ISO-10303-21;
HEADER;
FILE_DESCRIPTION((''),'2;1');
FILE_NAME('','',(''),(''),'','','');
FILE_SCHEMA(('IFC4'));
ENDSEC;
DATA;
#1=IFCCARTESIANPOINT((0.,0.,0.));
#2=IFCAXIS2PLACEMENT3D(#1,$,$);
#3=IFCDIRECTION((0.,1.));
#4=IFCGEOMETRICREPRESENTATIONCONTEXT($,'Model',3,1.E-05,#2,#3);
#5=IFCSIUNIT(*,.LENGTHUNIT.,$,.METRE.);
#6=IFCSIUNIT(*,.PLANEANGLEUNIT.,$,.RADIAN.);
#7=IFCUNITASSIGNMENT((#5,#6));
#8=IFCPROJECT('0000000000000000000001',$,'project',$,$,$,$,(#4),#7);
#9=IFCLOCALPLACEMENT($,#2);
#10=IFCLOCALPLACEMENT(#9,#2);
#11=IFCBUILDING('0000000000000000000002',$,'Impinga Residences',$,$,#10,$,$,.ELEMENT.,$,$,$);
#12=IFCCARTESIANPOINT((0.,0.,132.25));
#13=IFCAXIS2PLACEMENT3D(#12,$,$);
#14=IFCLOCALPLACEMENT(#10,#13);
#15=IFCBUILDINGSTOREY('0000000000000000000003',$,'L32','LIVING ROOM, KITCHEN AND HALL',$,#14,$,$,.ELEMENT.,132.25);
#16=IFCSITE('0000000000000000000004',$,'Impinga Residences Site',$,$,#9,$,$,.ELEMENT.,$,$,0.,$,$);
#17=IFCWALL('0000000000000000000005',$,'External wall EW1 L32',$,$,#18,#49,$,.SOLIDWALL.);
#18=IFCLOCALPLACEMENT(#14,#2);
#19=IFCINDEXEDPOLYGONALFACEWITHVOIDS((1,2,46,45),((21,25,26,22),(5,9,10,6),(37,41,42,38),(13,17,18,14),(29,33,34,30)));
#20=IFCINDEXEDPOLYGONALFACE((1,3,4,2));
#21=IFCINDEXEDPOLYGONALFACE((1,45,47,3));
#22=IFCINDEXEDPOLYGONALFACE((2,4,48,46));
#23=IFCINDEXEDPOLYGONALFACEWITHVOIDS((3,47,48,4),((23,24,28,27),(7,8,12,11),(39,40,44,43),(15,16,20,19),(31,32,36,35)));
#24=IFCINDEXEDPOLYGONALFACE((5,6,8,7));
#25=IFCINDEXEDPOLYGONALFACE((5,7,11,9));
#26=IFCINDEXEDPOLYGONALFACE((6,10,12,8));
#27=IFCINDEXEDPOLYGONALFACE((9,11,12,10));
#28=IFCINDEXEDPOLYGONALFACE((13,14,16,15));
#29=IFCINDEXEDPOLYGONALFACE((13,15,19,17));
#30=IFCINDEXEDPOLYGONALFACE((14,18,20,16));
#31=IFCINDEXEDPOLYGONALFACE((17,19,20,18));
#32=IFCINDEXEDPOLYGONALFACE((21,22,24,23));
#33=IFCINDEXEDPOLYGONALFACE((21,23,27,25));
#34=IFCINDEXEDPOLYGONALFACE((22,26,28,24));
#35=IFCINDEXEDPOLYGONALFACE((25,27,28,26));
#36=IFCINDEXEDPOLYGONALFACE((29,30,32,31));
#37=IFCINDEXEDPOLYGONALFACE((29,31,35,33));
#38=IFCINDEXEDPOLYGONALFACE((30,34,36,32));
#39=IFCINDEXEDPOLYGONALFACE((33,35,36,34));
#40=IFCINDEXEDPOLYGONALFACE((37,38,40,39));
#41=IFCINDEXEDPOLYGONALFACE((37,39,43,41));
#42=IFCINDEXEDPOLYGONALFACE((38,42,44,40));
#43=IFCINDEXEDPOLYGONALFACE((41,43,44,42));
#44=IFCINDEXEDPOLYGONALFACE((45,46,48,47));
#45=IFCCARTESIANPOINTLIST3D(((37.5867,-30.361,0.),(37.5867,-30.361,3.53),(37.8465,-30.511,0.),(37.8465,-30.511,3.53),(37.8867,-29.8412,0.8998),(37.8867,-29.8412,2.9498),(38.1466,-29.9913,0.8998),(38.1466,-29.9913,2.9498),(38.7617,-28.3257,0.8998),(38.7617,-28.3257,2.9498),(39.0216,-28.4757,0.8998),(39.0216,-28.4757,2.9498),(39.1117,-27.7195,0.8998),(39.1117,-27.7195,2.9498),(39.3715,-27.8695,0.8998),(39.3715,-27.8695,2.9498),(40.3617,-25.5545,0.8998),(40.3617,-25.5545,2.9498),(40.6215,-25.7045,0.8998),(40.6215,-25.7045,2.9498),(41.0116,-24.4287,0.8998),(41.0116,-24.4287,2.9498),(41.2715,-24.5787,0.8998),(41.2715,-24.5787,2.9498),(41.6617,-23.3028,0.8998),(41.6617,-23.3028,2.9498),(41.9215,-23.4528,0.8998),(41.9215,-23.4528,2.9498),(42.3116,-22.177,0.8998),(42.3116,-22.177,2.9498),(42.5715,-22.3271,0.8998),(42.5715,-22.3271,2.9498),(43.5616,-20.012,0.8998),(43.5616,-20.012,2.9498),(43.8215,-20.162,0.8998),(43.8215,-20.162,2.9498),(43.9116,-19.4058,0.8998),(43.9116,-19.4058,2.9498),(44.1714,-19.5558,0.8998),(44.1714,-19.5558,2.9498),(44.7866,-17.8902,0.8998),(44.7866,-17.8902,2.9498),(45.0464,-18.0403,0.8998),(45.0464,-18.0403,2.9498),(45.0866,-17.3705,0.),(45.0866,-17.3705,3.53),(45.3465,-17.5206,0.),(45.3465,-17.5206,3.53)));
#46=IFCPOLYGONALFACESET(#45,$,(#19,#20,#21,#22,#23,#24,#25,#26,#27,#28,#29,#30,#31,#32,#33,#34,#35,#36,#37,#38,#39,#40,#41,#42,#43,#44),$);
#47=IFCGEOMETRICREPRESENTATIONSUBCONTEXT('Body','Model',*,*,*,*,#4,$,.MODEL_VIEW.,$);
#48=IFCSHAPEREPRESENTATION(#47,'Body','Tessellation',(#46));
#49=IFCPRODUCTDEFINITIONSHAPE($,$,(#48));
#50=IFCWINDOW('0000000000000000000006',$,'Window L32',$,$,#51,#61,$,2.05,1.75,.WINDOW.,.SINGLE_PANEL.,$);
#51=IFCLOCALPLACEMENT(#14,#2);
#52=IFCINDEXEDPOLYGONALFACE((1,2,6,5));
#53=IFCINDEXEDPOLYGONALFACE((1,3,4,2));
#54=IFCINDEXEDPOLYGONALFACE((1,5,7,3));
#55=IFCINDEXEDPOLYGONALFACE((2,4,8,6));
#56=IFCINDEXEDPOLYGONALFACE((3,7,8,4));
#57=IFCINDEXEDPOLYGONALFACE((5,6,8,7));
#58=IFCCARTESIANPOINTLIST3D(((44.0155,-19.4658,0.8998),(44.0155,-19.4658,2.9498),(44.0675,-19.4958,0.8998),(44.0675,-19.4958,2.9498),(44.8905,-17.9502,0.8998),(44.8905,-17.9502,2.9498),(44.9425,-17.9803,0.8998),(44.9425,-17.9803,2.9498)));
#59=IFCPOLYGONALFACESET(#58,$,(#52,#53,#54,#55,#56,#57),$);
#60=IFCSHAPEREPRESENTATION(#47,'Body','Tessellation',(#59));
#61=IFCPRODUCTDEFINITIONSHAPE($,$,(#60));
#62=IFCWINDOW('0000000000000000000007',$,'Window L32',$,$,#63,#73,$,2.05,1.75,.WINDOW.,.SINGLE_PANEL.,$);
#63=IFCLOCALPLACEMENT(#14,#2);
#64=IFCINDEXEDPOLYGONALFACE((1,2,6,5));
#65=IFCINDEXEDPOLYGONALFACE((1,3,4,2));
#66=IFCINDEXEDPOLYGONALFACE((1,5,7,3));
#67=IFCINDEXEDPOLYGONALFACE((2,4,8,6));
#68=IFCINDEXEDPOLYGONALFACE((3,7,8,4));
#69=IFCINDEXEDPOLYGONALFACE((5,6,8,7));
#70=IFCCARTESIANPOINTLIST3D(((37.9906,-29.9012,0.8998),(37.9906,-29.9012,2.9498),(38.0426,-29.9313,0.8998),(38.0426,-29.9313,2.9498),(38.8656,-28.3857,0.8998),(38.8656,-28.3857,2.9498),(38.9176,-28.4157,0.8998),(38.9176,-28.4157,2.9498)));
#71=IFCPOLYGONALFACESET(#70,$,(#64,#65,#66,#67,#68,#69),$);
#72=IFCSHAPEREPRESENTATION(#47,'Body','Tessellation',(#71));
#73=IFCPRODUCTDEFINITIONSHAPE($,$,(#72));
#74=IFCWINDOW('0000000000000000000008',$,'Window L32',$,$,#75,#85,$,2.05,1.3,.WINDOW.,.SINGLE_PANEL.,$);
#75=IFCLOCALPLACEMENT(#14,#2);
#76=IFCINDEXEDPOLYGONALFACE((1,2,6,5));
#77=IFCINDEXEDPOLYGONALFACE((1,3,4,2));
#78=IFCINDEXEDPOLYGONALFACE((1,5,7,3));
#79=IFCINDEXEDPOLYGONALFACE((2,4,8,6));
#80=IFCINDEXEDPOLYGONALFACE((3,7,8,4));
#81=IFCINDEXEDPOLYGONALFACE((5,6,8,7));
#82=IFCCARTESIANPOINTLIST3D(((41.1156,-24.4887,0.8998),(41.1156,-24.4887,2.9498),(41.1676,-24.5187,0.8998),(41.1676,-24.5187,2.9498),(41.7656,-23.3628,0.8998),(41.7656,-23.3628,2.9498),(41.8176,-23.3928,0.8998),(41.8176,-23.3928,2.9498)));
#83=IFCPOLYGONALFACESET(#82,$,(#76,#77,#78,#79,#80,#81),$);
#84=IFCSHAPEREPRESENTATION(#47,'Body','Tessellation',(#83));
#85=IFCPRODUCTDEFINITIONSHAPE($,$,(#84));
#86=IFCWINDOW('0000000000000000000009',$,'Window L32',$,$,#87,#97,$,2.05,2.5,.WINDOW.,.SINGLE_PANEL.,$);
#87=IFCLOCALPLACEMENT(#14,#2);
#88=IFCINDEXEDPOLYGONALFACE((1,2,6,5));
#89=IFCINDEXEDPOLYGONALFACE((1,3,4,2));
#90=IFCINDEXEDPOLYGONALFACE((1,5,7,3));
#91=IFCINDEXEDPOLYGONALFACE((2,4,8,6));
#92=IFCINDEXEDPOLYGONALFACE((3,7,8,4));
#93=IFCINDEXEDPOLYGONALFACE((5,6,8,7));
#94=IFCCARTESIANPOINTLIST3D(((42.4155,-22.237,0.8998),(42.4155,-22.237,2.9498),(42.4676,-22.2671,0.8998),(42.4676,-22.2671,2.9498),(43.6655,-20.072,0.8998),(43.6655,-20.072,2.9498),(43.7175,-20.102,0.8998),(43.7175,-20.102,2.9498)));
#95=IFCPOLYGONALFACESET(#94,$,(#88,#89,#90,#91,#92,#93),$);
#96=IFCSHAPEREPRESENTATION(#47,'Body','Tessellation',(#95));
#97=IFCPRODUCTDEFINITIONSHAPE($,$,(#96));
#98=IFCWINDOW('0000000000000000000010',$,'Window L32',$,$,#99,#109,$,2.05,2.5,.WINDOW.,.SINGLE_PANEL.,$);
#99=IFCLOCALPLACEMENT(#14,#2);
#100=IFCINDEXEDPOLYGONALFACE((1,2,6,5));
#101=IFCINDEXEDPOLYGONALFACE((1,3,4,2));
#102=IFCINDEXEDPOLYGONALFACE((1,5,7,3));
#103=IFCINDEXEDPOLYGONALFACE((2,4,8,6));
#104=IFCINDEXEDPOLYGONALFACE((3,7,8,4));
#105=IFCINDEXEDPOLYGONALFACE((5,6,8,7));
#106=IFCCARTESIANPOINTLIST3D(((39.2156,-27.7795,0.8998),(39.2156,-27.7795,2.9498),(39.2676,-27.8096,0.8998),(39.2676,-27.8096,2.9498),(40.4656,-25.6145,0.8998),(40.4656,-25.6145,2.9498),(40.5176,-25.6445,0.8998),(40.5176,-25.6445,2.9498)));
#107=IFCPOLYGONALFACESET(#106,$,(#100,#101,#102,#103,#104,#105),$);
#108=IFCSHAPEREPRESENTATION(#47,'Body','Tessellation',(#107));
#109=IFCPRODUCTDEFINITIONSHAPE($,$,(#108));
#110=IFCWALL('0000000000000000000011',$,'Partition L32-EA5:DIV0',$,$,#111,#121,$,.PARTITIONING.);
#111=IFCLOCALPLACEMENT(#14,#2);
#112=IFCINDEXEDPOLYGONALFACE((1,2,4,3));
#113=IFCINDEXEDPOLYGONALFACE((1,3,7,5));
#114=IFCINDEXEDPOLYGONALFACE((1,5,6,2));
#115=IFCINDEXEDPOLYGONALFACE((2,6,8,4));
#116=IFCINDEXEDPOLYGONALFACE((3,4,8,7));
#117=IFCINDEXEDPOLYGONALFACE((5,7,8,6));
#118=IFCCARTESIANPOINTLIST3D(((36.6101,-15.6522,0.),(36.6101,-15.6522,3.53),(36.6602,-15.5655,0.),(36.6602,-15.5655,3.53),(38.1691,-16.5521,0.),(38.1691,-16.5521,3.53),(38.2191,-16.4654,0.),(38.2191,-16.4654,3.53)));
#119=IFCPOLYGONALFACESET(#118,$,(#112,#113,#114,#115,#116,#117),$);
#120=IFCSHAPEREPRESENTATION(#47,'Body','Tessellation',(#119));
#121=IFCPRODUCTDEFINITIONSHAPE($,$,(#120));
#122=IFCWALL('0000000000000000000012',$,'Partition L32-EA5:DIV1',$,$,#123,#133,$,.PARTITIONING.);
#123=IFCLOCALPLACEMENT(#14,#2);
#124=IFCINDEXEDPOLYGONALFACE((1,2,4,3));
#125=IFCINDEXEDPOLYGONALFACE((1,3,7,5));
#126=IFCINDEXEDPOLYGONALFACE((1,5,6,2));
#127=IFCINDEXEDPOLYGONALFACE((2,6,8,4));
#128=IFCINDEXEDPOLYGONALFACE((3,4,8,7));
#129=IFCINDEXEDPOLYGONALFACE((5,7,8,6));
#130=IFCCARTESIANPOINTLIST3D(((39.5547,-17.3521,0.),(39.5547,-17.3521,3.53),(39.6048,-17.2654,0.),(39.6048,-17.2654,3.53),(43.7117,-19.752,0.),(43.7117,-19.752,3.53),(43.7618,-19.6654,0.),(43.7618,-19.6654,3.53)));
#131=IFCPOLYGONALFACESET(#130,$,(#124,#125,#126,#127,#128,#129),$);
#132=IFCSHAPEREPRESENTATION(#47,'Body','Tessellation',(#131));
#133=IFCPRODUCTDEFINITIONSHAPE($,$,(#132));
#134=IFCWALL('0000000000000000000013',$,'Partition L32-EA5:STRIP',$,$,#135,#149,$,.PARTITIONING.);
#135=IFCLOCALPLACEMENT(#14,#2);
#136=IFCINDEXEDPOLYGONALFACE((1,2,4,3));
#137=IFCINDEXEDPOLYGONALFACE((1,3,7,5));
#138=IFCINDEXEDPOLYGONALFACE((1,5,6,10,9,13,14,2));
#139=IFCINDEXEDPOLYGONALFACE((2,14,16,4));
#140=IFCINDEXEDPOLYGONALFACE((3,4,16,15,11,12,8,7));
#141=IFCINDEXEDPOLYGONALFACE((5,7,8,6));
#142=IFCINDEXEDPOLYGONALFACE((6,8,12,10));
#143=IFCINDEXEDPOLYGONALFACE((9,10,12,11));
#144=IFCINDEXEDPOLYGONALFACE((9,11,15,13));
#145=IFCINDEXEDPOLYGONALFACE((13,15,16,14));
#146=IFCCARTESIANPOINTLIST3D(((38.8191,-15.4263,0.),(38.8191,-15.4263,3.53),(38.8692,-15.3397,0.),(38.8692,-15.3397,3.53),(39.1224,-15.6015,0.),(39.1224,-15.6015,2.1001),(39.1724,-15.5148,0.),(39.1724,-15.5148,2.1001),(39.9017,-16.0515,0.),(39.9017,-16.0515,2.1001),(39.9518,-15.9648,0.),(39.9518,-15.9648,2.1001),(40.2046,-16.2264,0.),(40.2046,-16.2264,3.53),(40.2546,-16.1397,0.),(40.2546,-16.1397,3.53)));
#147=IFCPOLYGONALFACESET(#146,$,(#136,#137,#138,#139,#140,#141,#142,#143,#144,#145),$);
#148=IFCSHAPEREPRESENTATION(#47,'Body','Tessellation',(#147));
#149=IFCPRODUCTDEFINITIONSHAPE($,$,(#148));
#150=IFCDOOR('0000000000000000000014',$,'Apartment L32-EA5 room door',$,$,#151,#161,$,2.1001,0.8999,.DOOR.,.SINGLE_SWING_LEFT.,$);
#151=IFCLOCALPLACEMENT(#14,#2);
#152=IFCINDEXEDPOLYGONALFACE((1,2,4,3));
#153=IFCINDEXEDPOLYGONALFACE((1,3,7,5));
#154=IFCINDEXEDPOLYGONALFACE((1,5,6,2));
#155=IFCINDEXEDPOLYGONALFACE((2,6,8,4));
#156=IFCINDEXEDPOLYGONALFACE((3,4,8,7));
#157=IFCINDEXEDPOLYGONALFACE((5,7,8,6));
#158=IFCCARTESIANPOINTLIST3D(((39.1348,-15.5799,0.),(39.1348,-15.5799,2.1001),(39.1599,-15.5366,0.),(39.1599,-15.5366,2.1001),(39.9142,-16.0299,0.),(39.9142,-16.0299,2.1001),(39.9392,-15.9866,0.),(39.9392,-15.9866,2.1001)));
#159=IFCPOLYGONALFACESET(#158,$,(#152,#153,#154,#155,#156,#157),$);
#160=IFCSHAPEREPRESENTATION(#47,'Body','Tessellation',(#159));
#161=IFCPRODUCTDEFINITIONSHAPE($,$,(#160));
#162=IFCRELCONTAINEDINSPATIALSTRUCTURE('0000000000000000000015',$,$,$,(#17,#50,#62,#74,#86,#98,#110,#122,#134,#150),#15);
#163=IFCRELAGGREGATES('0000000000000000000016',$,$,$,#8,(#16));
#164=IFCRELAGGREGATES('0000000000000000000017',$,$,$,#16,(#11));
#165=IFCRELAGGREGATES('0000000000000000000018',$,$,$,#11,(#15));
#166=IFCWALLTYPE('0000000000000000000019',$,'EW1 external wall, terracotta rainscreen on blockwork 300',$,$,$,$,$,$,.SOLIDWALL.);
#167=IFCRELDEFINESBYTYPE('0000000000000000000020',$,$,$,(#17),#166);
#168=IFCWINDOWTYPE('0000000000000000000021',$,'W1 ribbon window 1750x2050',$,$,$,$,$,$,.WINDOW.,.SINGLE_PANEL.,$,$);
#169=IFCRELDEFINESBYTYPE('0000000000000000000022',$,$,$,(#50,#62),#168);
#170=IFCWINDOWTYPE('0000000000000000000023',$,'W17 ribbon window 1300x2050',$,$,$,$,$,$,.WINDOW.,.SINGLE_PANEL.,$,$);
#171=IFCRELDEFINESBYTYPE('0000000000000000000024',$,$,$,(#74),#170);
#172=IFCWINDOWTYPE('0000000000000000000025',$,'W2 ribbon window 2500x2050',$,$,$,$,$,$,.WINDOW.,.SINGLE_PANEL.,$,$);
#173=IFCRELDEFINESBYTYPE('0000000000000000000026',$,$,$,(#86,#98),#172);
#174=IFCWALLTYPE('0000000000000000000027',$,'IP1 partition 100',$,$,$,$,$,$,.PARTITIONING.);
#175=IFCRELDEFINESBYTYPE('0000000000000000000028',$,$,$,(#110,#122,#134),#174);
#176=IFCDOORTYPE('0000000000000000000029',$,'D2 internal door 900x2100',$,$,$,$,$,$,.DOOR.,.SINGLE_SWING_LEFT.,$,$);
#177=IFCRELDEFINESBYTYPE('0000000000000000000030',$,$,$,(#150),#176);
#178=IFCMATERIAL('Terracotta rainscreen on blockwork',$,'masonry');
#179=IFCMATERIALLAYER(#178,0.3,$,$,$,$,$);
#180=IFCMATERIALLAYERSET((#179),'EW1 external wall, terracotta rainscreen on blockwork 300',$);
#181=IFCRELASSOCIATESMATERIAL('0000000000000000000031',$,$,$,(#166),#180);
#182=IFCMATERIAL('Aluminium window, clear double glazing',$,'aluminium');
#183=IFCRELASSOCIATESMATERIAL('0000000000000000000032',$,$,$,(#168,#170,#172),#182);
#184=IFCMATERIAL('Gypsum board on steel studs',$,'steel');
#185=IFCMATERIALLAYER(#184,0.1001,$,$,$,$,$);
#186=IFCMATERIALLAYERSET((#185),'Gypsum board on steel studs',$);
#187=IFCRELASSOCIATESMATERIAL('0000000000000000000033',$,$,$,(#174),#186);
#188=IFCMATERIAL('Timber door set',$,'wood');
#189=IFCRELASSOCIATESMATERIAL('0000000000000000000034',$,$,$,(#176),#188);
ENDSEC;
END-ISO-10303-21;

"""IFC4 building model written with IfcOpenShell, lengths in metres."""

from ifc_helpers import new_model, si_unit, direction, frame, frame_2d, origin, place, context, subcontext, project, spatial, rectangle, extrude, material, layer, layer_set, type_object, element, fill, save


model = new_model("IFC4")

# Units and contexts
model_context = context("Model", 3, precision=1e-05, world=origin(), true_north=direction((0.0, 1.0)))
body_context = subcontext(model_context, "Body", "Model", "MODEL_VIEW")
ifc_project = project(units=[si_unit("LENGTHUNIT", "METRE"), si_unit("PLANEANGLEUNIT", "RADIAN")], contexts=[model_context])

# Site, building, storey
site_placement = place(None, origin())
site = spatial("IfcSite", under=ifc_project, at=site_placement, Name="Impinga Residences Site", CompositionType="ELEMENT", RefElevation=0.0)
building_placement = place(site_placement, origin())
building = spatial("IfcBuilding", under=site, at=building_placement, Name="Impinga Residences", CompositionType="ELEMENT")
storey_placement = place(building_placement, frame((0.0, 0.0, 132.25)))
storey = spatial("IfcBuildingStorey", under=building, at=storey_placement, Name="L32", Description="LIVING ROOM, KITCHEN AND HALL", CompositionType="ELEMENT", Elevation=132.25)

# Shared definitions
ifc_material_1 = material(Name="Terracotta rainscreen on blockwork", Category="masonry")
ifc_layer_1 = layer(ifc_material_1, 0.3)
ifc_layer_set_1 = layer_set([ifc_layer_1], Name="EW1 external wall, terracotta rainscreen on blockwork 300")
wall_type_1 = type_object("IfcWallType", Name="EW1 external wall, terracotta rainscreen on blockwork 300", PredefinedType="SOLIDWALL", material=ifc_layer_set_1)

# Wall, openings, windows
wall_1_placement = place(storey_placement, frame((45.2166, -17.4456, 0.0), z_axis=(0.0, 0.0, 1.0), x_axis=(-0.499997, -0.866027, 0.0)))
wall_1 = element("IfcWall", 1, at=wall_1_placement, inside=storey, type_object=wall_type_1, Name="External wall EW1 L32", PredefinedType="SOLIDWALL", context=body_context, shape_type="SweptSolid", body=[
    extrude(rectangle(XDim=15.0, YDim=0.3, at=frame_2d((7.5, 0.0))), origin(), (0.0, 0.0, 1.0), 3.53),
])
opening_1_placement = place(wall_1_placement, frame((0.6001, 0.0, 0.8999)))
opening_1 = element("IfcOpeningElement", 2, at=opening_1_placement, cuts=wall_1, PredefinedType="OPENING", context=body_context, shape_type="SweptSolid", body=[
    extrude(rectangle(XDim=1.75, YDim=2.05, at=frame_2d((0.875, 1.0249))), frame((0.0, 0.1599, 0.0), z_axis=(0.0, -1.0, 0.0), x_axis=(1.0, 0.0, 0.0)), (0.0, 0.0, 1.0), 0.3201),
])
opening_2_placement = place(wall_1_placement, frame((3.05, 0.0, 0.8999)))
opening_2 = element("IfcOpeningElement", 3, at=opening_2_placement, cuts=wall_1, PredefinedType="OPENING", context=body_context, shape_type="SweptSolid", body=[
    extrude(rectangle(XDim=2.5, YDim=2.05, at=frame_2d((1.25, 1.0249))), frame((0.0, 0.1599, 0.0), z_axis=(0.0, -1.0, 0.0), x_axis=(1.0, 0.0, 0.0)), (0.0, 0.0, 1.0), 0.3201),
])
opening_3_placement = place(wall_1_placement, frame((6.8501, 0.0, 0.8999)))
opening_3 = element("IfcOpeningElement", 4, at=opening_3_placement, cuts=wall_1, PredefinedType="OPENING", context=body_context, shape_type="SweptSolid", body=[
    extrude(rectangle(XDim=1.3, YDim=2.05, at=frame_2d((0.6499, 1.0249))), frame((0.0, 0.1599, 0.0), z_axis=(0.0, -1.0, 0.0), x_axis=(1.0, 0.0, 0.0)), (0.0, 0.0, 1.0), 0.3201),
])
opening_4_placement = place(wall_1_placement, frame((9.45, 0.0, 0.8999)))
opening_4 = element("IfcOpeningElement", 5, at=opening_4_placement, cuts=wall_1, PredefinedType="OPENING", context=body_context, shape_type="SweptSolid", body=[
    extrude(rectangle(XDim=2.5, YDim=2.05, at=frame_2d((1.25, 1.0249))), frame((0.0, 0.1599, 0.0), z_axis=(0.0, -1.0, 0.0), x_axis=(1.0, 0.0, 0.0)), (0.0, 0.0, 1.0), 0.3201),
])
opening_5_placement = place(wall_1_placement, frame((12.6499, 0.0, 0.8999)))
opening_5 = element("IfcOpeningElement", 6, at=opening_5_placement, cuts=wall_1, PredefinedType="OPENING", context=body_context, shape_type="SweptSolid", body=[
    extrude(rectangle(XDim=1.75, YDim=2.05, at=frame_2d((0.875, 1.0249))), frame((0.0, 0.1599, 0.0), z_axis=(0.0, -1.0, 0.0), x_axis=(1.0, 0.0, 0.0)), (0.0, 0.0, 1.0), 0.3201),
])
ifc_material_2 = material(Name="Aluminium window, clear double glazing", Category="aluminium")
window_type_1 = type_object("IfcWindowType", Name="W1 ribbon window 1750x2050", PartitioningType="SINGLE_PANEL", PredefinedType="WINDOW", material=ifc_material_2)
window_1_placement = place(opening_1_placement, origin())
window_1 = element("IfcWindow", 7, at=window_1_placement, inside=storey, type_object=window_type_1, Name="Window L32", OverallHeight=2.05, OverallWidth=1.75, PartitioningType="SINGLE_PANEL", PredefinedType="WINDOW", context=body_context, shape_type="SweptSolid", body=[
    extrude(rectangle(XDim=1.75, YDim=2.05, at=frame_2d((0.875, 1.0249))), frame((0.0, 0.03, 0.0), z_axis=(0.0, -1.0, 0.0), x_axis=(1.0, 0.0, 0.0)), (0.0, 0.0, 1.0), 0.0601),
])
fill(opening_1, window_1)
window_2_placement = place(opening_5_placement, origin())
window_2 = element("IfcWindow", 8, at=window_2_placement, inside=storey, type_object=window_type_1, Name="Window L32", OverallHeight=2.05, OverallWidth=1.75, PartitioningType="SINGLE_PANEL", PredefinedType="WINDOW", context=body_context, shape_type="SweptSolid", body=[
    extrude(rectangle(XDim=1.75, YDim=2.05, at=frame_2d((0.875, 1.0249))), frame((0.0, 0.03, 0.0), z_axis=(0.0, -1.0, 0.0), x_axis=(1.0, 0.0, 0.0)), (0.0, 0.0, 1.0), 0.0601),
])
fill(opening_5, window_2)
window_type_2 = type_object("IfcWindowType", Name="W17 ribbon window 1300x2050", PartitioningType="SINGLE_PANEL", PredefinedType="WINDOW", material=ifc_material_2)
window_3_placement = place(opening_3_placement, origin())
window_3 = element("IfcWindow", 9, at=window_3_placement, inside=storey, type_object=window_type_2, Name="Window L32", OverallHeight=2.05, OverallWidth=1.3, PartitioningType="SINGLE_PANEL", PredefinedType="WINDOW", context=body_context, shape_type="SweptSolid", body=[
    extrude(rectangle(XDim=1.3, YDim=2.05, at=frame_2d((0.6499, 1.0249))), frame((0.0, 0.03, 0.0), z_axis=(0.0, -1.0, 0.0), x_axis=(1.0, 0.0, 0.0)), (0.0, 0.0, 1.0), 0.0601),
])
fill(opening_3, window_3)
window_type_3 = type_object("IfcWindowType", Name="W2 ribbon window 2500x2050", PartitioningType="SINGLE_PANEL", PredefinedType="WINDOW", material=ifc_material_2)
window_4_placement = place(opening_2_placement, origin())
window_4 = element("IfcWindow", 10, at=window_4_placement, inside=storey, type_object=window_type_3, Name="Window L32", OverallHeight=2.05, OverallWidth=2.5, PartitioningType="SINGLE_PANEL", PredefinedType="WINDOW", context=body_context, shape_type="SweptSolid", body=[
    extrude(rectangle(XDim=2.5, YDim=2.05, at=frame_2d((1.25, 1.0249))), frame((0.0, 0.03, 0.0), z_axis=(0.0, -1.0, 0.0), x_axis=(1.0, 0.0, 0.0)), (0.0, 0.0, 1.0), 0.0601),
])
fill(opening_2, window_4)
window_5_placement = place(opening_4_placement, origin())
window_5 = element("IfcWindow", 11, at=window_5_placement, inside=storey, type_object=window_type_3, Name="Window L32", OverallHeight=2.05, OverallWidth=2.5, PartitioningType="SINGLE_PANEL", PredefinedType="WINDOW", context=body_context, shape_type="SweptSolid", body=[
    extrude(rectangle(XDim=2.5, YDim=2.05, at=frame_2d((1.25, 1.0249))), frame((0.0, 0.03, 0.0), z_axis=(0.0, -1.0, 0.0), x_axis=(1.0, 0.0, 0.0)), (0.0, 0.0, 1.0), 0.0601),
])
fill(opening_4, window_5)

# Walls
ifc_material_3 = material(Name="Gypsum board on steel studs", Category="steel")
ifc_layer_2 = layer(ifc_material_3, 0.1001)
ifc_layer_set_2 = layer_set([ifc_layer_2], Name="Gypsum board on steel studs")
wall_type_2 = type_object("IfcWallType", Name="IP1 partition 100", PredefinedType="PARTITIONING", material=ifc_layer_set_2)
wall_2_placement = place(storey_placement, frame((36.6353, -15.6089, 0.0), z_axis=(0.0, 0.0, 1.0), x_axis=(0.866048, -0.499961, 0.0)))
element("IfcWall", 12, at=wall_2_placement, inside=storey, type_object=wall_type_2, Name="Partition L32-EA5:DIV0", PredefinedType="PARTITIONING", context=body_context, shape_type="SweptSolid", body=[
    extrude(rectangle(XDim=1.8, YDim=0.1001, at=frame_2d((0.8999, 0.0))), origin(), (0.0, 0.0, 1.0), 3.53),
])
wall_3_placement = place(storey_placement, frame((39.5798, -17.3088, 0.0), z_axis=(0.0, 0.0, 1.0), x_axis=(0.866037, -0.499979, 0.0)))
element("IfcWall", 13, at=wall_3_placement, inside=storey, type_object=wall_type_2, Name="Partition L32-EA5:DIV1", PredefinedType="PARTITIONING", context=body_context, shape_type="SweptSolid", body=[
    extrude(rectangle(XDim=4.8, YDim=0.1001, at=frame_2d((2.3999, 0.0))), origin(), (0.0, 0.0, 1.0), 3.53),
])

# Wall, opening, door
wall_4_placement = place(storey_placement, frame((38.8442, -15.3831, 0.0), z_axis=(0.0, 0.0, 1.0), x_axis=(0.86599, -0.500061, 0.0)))
wall_4 = element("IfcWall", 14, at=wall_4_placement, inside=storey, type_object=wall_type_2, Name="Partition L32-EA5:STRIP", PredefinedType="PARTITIONING", context=body_context, shape_type="SweptSolid", body=[
    extrude(rectangle(XDim=1.5999, YDim=0.1001, at=frame_2d((0.7998, 0.0))), origin(), (0.0, 0.0, 1.0), 3.53),
])
opening_6_placement = place(wall_4_placement, frame((0.3501, 0.0, 0.0)))
opening_6 = element("IfcOpeningElement", 15, at=opening_6_placement, cuts=wall_4, PredefinedType="OPENING", context=body_context, shape_type="SweptSolid", body=[
    extrude(rectangle(XDim=0.8999, YDim=2.1001, at=frame_2d((0.45, 1.05))), frame((0.0, 0.0601, 0.0), z_axis=(0.0, -1.0, 0.0), x_axis=(1.0, 0.0, 0.0)), (0.0, 0.0, 1.0), 0.1201),
])
ifc_material_4 = material(Name="Timber door set", Category="wood")
door_type = type_object("IfcDoorType", Name="D2 internal door 900x2100", OperationType="SINGLE_SWING_LEFT", PredefinedType="DOOR", material=ifc_material_4)
door_placement = place(opening_6_placement, origin())
door = element("IfcDoor", 16, at=door_placement, inside=storey, type_object=door_type, Name="Apartment L32-EA5 room door", OperationType="SINGLE_SWING_LEFT", OverallHeight=2.1001, OverallWidth=0.8999, PredefinedType="DOOR", context=body_context, shape_type="SweptSolid", body=[
    extrude(rectangle(XDim=0.8999, YDim=2.1001, at=frame_2d((0.45, 1.05))), frame((0.0, 0.0249, 0.0), z_axis=(0.0, -1.0, 0.0), x_axis=(1.0, 0.0, 0.0)), (0.0, 0.0, 1.0), 0.05),
])
fill(opening_6, door)

save(model, "model.ifc")
